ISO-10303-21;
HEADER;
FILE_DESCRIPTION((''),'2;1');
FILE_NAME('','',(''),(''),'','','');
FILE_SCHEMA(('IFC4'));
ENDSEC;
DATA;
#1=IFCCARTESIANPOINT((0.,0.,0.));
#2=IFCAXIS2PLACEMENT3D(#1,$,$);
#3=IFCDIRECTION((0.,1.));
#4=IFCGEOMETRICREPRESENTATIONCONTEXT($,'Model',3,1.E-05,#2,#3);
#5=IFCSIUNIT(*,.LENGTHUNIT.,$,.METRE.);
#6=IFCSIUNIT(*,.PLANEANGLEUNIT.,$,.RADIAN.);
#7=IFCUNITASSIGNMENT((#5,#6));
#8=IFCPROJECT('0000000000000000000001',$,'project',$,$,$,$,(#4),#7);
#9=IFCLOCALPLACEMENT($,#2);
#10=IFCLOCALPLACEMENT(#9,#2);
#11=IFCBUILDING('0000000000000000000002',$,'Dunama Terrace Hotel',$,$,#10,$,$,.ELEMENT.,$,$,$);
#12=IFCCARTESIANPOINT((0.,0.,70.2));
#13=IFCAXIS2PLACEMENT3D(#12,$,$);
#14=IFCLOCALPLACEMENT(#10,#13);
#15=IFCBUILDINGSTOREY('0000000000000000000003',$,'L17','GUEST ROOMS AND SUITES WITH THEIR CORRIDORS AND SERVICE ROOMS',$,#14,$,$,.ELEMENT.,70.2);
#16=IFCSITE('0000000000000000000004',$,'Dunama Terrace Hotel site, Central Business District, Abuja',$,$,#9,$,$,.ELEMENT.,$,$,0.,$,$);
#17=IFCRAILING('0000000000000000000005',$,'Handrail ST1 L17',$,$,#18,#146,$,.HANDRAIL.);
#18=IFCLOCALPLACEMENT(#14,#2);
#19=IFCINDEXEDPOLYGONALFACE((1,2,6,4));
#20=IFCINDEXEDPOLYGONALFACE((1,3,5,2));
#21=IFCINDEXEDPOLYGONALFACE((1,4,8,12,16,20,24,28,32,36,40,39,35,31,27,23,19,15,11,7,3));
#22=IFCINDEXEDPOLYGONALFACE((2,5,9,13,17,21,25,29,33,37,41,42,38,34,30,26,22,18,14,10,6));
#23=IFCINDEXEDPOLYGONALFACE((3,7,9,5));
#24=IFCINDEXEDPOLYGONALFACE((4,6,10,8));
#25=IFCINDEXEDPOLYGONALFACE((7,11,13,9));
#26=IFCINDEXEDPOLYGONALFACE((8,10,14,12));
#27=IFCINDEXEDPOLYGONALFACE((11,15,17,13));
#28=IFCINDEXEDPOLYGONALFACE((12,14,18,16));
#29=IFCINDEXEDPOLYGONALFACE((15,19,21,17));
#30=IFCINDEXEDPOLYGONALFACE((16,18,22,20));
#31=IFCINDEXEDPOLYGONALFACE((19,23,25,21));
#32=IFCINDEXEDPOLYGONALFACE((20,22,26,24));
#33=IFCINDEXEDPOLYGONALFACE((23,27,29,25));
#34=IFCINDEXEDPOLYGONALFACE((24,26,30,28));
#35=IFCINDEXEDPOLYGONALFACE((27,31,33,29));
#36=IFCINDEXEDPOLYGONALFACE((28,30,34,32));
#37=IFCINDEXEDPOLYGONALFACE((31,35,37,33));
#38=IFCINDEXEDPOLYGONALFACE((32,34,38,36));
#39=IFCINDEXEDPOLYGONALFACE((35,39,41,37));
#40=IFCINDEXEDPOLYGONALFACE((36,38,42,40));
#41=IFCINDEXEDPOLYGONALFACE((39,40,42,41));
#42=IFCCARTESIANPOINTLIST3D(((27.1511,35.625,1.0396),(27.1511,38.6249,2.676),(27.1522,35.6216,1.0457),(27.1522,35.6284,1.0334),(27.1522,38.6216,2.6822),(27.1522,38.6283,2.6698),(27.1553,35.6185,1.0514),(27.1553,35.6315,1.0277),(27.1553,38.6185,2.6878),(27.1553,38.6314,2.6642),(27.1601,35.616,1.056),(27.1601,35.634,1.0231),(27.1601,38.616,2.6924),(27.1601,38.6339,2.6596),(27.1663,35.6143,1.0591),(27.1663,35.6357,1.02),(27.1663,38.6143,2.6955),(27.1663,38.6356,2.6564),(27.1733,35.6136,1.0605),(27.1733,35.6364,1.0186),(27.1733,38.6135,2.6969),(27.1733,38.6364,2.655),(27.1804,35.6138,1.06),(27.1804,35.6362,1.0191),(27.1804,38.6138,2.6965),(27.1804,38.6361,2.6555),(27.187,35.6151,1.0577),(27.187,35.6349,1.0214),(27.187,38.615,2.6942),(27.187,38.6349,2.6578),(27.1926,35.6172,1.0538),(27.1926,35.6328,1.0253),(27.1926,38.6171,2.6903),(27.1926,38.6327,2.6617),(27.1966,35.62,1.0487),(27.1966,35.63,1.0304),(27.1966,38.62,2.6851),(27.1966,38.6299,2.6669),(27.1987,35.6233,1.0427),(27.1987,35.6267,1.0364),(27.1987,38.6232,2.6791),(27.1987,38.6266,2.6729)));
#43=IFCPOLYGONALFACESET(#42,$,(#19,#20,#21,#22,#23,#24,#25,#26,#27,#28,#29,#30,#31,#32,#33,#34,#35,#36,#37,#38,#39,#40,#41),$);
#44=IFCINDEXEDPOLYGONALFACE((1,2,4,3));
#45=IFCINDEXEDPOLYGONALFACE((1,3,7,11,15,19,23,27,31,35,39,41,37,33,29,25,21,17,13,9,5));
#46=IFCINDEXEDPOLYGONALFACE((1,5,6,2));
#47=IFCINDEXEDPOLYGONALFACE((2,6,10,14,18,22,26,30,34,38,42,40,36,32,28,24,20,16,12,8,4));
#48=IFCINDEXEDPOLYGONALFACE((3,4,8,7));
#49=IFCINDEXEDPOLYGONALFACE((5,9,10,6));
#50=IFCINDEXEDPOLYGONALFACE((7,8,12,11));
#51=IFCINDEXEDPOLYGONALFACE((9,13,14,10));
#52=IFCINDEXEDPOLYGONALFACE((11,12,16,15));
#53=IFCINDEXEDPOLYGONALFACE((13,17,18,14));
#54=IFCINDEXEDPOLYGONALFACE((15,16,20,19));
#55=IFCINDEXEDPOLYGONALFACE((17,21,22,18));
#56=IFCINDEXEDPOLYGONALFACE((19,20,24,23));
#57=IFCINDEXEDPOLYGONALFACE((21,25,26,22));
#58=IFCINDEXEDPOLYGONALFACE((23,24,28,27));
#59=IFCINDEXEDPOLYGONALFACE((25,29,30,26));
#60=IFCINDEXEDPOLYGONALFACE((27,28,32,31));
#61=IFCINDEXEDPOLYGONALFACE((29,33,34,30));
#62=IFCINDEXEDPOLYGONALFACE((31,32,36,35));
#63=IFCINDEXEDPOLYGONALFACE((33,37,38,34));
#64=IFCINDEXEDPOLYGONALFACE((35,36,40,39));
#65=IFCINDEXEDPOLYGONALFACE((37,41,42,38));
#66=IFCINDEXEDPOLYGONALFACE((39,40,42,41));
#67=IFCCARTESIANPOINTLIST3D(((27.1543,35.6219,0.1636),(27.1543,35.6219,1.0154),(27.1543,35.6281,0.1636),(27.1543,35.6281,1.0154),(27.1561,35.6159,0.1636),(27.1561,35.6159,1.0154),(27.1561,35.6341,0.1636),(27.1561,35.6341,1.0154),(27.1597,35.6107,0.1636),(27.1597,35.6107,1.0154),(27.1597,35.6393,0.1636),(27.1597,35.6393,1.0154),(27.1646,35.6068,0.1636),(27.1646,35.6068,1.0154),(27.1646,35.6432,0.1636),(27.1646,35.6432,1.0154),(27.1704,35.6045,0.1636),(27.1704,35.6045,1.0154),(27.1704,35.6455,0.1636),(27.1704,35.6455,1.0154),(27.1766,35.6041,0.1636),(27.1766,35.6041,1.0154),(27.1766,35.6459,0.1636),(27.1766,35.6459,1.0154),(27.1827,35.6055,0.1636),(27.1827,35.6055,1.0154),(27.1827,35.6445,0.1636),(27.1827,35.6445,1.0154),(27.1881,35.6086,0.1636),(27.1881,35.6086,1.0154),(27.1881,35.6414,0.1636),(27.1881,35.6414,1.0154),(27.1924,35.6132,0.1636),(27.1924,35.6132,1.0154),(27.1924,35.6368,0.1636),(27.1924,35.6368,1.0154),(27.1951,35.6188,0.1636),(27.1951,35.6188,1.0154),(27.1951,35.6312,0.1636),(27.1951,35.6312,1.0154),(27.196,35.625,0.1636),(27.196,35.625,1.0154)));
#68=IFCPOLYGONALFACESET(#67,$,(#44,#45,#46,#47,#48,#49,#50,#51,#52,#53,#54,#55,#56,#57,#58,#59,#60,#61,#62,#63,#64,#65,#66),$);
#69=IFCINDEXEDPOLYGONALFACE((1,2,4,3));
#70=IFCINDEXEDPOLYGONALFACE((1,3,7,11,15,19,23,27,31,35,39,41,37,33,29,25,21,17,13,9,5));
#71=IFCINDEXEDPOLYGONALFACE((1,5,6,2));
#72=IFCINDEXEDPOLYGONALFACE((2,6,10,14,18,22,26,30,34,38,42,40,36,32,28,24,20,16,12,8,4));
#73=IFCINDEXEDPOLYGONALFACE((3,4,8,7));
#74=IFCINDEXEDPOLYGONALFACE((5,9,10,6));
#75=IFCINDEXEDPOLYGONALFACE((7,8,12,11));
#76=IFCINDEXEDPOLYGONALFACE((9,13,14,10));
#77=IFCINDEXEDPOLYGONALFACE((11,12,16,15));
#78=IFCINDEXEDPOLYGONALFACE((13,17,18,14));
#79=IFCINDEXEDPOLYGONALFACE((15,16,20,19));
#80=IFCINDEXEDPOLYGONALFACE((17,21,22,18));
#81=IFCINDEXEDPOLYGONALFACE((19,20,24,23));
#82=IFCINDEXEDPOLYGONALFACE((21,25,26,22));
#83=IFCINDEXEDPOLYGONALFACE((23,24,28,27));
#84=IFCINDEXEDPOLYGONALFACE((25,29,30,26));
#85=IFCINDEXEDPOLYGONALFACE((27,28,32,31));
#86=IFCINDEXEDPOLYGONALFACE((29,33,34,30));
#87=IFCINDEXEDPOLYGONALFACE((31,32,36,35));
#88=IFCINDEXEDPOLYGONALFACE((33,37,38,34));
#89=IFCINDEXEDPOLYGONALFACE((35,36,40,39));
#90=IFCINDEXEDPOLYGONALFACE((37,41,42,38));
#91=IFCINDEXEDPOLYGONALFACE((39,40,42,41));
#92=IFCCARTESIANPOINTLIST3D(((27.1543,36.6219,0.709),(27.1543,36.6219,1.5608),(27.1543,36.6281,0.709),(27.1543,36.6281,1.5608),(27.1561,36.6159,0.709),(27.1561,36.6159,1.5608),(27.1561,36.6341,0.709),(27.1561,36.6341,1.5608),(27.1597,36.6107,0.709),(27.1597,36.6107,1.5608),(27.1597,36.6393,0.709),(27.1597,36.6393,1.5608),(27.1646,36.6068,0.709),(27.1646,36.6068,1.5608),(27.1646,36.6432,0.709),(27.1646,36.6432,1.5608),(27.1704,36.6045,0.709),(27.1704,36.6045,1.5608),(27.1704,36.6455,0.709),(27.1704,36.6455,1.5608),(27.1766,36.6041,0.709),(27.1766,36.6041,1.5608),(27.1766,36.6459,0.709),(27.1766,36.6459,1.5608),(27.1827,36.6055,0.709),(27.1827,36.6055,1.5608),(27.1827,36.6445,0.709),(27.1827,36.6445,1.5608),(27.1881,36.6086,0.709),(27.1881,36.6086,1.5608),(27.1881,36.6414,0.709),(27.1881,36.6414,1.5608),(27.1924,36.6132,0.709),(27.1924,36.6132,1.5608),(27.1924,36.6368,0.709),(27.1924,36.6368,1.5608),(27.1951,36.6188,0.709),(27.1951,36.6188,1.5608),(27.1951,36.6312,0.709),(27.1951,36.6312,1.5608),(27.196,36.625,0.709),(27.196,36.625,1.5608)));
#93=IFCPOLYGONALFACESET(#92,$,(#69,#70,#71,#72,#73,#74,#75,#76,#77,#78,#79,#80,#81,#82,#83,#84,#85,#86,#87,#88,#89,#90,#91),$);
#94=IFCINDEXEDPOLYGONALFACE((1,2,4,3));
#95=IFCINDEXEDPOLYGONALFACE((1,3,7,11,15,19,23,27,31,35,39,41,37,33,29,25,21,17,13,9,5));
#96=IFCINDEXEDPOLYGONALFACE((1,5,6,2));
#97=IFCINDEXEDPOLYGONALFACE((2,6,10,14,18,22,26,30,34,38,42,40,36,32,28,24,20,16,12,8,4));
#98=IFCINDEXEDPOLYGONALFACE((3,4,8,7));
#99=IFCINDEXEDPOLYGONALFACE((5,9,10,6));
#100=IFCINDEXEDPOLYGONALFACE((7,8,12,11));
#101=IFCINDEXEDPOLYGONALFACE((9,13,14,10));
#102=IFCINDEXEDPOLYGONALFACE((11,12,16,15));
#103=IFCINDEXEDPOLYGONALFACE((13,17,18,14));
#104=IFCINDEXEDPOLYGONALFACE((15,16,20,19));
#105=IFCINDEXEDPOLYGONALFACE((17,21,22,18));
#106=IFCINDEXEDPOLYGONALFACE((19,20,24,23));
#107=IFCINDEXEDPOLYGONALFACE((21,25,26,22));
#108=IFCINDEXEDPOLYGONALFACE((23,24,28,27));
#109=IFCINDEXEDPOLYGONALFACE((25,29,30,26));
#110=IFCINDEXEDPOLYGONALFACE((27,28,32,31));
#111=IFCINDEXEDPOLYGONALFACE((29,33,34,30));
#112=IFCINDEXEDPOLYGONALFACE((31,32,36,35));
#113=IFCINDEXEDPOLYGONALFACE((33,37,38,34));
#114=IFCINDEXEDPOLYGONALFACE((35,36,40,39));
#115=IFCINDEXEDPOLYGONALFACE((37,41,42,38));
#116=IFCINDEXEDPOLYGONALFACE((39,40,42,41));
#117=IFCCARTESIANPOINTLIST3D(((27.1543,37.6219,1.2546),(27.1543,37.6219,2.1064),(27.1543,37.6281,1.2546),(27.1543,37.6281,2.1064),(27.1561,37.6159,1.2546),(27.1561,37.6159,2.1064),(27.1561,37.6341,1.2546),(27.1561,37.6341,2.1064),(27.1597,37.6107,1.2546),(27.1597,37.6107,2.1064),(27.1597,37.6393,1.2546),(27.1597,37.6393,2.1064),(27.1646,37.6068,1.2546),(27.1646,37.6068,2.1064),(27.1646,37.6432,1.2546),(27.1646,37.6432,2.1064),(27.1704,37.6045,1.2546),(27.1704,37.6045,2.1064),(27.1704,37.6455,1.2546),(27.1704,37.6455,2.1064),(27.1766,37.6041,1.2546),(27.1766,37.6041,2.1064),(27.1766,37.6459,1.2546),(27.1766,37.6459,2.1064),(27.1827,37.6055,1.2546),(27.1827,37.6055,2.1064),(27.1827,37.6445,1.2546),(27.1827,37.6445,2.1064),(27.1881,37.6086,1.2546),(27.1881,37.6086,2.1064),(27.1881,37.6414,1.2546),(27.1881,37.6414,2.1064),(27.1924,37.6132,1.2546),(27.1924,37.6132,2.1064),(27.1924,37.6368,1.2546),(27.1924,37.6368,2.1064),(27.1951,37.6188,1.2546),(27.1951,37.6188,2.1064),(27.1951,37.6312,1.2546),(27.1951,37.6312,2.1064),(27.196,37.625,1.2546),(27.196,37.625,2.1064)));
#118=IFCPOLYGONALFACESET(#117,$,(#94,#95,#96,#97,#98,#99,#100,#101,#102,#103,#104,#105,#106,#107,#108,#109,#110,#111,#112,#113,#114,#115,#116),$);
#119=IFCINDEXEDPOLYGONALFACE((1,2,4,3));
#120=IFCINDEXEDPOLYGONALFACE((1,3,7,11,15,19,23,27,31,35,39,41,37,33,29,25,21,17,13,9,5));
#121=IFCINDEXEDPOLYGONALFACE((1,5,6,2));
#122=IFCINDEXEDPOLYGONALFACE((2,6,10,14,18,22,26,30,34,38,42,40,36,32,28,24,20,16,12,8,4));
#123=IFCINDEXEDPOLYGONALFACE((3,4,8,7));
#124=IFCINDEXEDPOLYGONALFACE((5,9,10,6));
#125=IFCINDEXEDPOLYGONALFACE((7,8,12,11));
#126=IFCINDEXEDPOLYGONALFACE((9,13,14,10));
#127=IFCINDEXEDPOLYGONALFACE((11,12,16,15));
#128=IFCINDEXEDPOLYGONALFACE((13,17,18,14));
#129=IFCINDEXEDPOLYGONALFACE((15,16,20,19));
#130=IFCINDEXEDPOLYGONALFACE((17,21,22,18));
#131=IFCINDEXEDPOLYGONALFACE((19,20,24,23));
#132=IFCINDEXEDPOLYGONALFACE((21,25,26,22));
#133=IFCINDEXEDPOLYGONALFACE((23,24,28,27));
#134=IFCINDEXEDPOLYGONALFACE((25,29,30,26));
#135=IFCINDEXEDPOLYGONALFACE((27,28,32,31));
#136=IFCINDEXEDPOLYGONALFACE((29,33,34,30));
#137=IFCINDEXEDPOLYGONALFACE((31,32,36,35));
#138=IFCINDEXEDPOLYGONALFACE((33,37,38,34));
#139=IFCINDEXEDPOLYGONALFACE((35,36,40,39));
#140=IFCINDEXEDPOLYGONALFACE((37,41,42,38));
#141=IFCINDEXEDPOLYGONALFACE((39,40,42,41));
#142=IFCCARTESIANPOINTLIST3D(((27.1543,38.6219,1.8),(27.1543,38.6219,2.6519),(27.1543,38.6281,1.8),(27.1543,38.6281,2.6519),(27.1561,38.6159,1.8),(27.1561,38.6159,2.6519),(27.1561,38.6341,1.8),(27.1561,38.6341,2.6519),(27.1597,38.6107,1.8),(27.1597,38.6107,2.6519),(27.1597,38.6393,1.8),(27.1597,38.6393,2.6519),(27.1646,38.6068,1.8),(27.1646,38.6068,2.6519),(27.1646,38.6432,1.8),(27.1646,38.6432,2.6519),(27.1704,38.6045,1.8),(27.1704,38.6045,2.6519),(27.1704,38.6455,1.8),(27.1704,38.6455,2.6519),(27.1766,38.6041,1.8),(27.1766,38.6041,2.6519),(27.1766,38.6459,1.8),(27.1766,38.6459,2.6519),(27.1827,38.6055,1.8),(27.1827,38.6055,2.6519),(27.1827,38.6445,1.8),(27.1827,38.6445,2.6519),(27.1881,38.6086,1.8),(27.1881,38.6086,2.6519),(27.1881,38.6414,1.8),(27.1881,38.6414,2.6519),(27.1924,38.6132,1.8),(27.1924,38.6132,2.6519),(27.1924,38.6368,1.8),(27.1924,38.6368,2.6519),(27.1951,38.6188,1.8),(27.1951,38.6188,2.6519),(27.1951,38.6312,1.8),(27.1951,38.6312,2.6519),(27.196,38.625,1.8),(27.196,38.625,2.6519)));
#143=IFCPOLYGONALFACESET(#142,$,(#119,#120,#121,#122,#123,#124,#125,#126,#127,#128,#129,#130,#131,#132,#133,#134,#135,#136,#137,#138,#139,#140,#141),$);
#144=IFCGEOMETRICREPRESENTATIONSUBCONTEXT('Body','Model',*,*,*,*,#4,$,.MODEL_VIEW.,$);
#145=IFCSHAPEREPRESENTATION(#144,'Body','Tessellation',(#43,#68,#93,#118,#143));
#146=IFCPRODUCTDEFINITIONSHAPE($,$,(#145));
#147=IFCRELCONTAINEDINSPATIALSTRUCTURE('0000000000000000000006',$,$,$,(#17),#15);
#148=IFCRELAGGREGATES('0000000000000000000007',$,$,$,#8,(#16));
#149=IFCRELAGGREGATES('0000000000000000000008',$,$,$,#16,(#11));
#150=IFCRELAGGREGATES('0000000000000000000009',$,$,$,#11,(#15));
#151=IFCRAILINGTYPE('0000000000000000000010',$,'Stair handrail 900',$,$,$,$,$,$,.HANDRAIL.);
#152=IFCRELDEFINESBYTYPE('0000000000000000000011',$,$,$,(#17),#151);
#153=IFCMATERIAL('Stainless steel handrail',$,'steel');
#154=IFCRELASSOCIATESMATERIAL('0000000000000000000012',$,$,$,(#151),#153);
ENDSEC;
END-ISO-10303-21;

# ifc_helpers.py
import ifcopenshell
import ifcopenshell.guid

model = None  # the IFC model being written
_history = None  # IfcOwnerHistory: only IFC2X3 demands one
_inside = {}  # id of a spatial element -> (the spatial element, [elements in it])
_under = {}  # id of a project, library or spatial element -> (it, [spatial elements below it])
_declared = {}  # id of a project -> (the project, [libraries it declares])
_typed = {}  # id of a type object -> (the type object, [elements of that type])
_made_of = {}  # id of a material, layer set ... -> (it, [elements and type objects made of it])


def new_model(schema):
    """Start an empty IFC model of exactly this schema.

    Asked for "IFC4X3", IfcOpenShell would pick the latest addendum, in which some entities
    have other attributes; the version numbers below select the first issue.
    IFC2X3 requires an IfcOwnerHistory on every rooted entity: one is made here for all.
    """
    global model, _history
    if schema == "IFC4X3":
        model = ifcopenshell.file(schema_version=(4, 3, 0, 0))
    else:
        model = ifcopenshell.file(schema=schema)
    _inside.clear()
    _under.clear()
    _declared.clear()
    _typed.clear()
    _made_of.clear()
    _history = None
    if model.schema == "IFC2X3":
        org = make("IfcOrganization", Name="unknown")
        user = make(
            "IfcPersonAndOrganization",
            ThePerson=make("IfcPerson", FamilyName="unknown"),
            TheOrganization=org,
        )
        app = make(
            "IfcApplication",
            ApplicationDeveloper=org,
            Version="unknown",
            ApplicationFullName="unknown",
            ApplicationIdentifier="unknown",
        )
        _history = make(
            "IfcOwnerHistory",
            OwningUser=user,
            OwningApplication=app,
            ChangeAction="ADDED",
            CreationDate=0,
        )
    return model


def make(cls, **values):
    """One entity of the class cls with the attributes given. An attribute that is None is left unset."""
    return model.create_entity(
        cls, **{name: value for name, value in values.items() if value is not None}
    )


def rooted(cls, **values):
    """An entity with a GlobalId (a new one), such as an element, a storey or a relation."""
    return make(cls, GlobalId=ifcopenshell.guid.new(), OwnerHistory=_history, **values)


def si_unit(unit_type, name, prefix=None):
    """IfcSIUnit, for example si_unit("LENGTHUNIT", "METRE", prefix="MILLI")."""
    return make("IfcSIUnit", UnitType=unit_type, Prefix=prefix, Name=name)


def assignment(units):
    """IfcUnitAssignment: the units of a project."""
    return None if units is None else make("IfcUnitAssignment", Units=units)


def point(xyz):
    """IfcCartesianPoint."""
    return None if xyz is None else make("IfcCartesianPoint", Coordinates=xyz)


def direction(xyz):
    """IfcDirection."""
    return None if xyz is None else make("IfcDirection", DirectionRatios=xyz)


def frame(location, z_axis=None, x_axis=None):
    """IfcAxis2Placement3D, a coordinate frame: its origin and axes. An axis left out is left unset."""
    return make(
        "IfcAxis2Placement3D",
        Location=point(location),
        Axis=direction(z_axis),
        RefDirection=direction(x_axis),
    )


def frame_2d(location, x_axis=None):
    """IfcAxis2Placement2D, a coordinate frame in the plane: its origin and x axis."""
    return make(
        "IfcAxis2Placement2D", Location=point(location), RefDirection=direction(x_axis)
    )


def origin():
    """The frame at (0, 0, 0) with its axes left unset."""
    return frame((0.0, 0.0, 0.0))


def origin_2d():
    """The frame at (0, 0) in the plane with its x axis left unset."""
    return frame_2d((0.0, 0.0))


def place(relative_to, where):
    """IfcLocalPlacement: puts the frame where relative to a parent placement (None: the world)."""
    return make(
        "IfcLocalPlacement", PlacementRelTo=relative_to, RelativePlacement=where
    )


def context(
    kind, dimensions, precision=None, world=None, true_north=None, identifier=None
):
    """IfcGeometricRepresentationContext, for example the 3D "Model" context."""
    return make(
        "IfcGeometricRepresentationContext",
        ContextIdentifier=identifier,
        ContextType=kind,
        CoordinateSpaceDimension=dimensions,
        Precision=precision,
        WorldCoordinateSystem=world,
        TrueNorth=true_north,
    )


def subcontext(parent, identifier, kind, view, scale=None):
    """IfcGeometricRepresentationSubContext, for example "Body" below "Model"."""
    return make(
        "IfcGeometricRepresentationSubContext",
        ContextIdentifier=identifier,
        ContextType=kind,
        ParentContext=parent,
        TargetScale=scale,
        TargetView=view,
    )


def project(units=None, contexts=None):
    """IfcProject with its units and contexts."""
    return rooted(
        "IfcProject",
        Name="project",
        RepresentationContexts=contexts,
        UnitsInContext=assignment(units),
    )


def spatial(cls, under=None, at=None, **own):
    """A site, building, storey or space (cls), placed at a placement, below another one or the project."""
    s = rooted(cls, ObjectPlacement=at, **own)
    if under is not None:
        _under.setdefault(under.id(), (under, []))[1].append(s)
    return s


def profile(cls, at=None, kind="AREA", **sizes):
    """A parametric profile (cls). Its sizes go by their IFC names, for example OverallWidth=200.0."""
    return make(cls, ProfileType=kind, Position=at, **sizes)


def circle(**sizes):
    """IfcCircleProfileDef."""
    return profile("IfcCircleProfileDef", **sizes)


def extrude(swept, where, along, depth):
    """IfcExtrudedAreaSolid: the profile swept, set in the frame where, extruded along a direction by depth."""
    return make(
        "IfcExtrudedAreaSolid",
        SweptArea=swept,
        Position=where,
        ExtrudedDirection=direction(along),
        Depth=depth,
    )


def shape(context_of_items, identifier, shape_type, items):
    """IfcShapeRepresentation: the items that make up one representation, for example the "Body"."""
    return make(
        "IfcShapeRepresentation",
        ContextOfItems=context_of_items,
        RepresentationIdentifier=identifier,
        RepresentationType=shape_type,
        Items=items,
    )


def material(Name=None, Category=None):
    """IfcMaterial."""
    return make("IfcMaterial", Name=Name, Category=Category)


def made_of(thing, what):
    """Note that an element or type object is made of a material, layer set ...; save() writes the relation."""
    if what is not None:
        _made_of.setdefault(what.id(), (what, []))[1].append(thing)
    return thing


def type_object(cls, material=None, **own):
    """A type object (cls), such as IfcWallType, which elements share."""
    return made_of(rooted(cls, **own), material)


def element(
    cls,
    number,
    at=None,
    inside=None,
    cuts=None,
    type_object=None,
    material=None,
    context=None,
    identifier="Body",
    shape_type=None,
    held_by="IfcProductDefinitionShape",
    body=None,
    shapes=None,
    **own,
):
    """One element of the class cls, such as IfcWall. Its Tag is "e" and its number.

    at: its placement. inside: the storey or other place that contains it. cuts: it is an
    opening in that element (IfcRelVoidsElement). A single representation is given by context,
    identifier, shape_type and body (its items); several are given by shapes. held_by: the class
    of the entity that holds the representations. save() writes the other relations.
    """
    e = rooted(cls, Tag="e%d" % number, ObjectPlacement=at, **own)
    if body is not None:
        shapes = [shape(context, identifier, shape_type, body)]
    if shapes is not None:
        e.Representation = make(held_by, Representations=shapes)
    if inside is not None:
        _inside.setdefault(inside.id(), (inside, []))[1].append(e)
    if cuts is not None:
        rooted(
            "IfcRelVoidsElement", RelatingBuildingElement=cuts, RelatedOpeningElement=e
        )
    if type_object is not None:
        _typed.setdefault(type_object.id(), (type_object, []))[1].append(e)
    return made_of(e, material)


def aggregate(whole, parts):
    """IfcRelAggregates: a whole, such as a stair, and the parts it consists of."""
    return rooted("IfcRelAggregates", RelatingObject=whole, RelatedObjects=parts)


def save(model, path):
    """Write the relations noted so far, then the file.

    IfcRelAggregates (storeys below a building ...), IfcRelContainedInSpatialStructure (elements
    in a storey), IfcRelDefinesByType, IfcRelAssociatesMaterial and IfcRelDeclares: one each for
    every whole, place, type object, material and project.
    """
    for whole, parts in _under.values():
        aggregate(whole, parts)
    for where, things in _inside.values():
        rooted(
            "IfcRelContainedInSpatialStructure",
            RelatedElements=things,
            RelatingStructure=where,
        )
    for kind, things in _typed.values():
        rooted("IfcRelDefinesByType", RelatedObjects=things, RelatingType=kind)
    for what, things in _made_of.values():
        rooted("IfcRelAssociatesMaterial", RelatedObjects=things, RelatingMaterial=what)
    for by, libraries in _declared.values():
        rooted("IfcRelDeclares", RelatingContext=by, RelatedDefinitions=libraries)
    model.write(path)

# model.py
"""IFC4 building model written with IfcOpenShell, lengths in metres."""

from ifc_helpers import new_model, si_unit, direction, frame, origin, origin_2d, place, context, subcontext, project, spatial, circle, extrude, material, type_object, element, save


model = new_model("IFC4")

# Units and contexts
model_context = context("Model", 3, precision=1e-05, world=origin(), true_north=direction((0.0, 1.0)))
body_context = subcontext(model_context, "Body", "Model", "MODEL_VIEW")
ifc_project = project(units=[si_unit("LENGTHUNIT", "METRE"), si_unit("PLANEANGLEUNIT", "RADIAN")], contexts=[model_context])

# Site, building, storey
site_placement = place(None, origin())
site = spatial("IfcSite", under=ifc_project, at=site_placement, Name="Dunama Terrace Hotel site, Central Business District, Abuja", CompositionType="ELEMENT", RefElevation=0.0)
building_placement = place(site_placement, origin())
building = spatial("IfcBuilding", under=site, at=building_placement, Name="Dunama Terrace Hotel", CompositionType="ELEMENT")
storey_placement = place(building_placement, frame((0.0, 0.0, 70.2)))
storey = spatial("IfcBuildingStorey", under=building, at=storey_placement, Name="L17", Description="GUEST ROOMS AND SUITES WITH THEIR CORRIDORS AND SERVICE ROOMS", CompositionType="ELEMENT", Elevation=70.2)

# Railing
ifc_material_1 = material(Name="Stainless steel handrail", Category="steel")
railing_type = type_object("IfcRailingType", Name="Stair handrail 900", PredefinedType="HANDRAIL", material=ifc_material_1)
railing_1_placement = place(storey_placement, frame((27.175, 35.625, 0.1636)))
element("IfcRailing", 1, at=railing_1_placement, inside=storey, type_object=railing_type, Name="Handrail ST1 L17", PredefinedType="HANDRAIL", context=body_context, shape_type="SweptSolid", body=[
    extrude(circle(Radius=0.0239, at=origin_2d()), frame((0.0, 0.0, 0.876), z_axis=(0.0, 0.877882, 0.478877), x_axis=(-1.0, 0.0, 0.0)), (0.0, 0.0, 1.0), 3.4172),
    extrude(circle(Radius=0.021, at=origin_2d()), origin(), (0.0, 0.0, 1.0), 0.8518),
    extrude(circle(Radius=0.021, at=origin_2d()), frame((0.0, 1.0, 0.5454)), (0.0, 0.0, 1.0), 0.8518),
    extrude(circle(Radius=0.021, at=origin_2d()), frame((0.0, 2.0, 1.0911)), (0.0, 0.0, 1.0), 0.8518),
    extrude(circle(Radius=0.021, at=origin_2d()), frame((0.0, 3.0, 1.6365)), (0.0, 0.0, 1.0), 0.8518),
])

save(model, "model.ifc")
